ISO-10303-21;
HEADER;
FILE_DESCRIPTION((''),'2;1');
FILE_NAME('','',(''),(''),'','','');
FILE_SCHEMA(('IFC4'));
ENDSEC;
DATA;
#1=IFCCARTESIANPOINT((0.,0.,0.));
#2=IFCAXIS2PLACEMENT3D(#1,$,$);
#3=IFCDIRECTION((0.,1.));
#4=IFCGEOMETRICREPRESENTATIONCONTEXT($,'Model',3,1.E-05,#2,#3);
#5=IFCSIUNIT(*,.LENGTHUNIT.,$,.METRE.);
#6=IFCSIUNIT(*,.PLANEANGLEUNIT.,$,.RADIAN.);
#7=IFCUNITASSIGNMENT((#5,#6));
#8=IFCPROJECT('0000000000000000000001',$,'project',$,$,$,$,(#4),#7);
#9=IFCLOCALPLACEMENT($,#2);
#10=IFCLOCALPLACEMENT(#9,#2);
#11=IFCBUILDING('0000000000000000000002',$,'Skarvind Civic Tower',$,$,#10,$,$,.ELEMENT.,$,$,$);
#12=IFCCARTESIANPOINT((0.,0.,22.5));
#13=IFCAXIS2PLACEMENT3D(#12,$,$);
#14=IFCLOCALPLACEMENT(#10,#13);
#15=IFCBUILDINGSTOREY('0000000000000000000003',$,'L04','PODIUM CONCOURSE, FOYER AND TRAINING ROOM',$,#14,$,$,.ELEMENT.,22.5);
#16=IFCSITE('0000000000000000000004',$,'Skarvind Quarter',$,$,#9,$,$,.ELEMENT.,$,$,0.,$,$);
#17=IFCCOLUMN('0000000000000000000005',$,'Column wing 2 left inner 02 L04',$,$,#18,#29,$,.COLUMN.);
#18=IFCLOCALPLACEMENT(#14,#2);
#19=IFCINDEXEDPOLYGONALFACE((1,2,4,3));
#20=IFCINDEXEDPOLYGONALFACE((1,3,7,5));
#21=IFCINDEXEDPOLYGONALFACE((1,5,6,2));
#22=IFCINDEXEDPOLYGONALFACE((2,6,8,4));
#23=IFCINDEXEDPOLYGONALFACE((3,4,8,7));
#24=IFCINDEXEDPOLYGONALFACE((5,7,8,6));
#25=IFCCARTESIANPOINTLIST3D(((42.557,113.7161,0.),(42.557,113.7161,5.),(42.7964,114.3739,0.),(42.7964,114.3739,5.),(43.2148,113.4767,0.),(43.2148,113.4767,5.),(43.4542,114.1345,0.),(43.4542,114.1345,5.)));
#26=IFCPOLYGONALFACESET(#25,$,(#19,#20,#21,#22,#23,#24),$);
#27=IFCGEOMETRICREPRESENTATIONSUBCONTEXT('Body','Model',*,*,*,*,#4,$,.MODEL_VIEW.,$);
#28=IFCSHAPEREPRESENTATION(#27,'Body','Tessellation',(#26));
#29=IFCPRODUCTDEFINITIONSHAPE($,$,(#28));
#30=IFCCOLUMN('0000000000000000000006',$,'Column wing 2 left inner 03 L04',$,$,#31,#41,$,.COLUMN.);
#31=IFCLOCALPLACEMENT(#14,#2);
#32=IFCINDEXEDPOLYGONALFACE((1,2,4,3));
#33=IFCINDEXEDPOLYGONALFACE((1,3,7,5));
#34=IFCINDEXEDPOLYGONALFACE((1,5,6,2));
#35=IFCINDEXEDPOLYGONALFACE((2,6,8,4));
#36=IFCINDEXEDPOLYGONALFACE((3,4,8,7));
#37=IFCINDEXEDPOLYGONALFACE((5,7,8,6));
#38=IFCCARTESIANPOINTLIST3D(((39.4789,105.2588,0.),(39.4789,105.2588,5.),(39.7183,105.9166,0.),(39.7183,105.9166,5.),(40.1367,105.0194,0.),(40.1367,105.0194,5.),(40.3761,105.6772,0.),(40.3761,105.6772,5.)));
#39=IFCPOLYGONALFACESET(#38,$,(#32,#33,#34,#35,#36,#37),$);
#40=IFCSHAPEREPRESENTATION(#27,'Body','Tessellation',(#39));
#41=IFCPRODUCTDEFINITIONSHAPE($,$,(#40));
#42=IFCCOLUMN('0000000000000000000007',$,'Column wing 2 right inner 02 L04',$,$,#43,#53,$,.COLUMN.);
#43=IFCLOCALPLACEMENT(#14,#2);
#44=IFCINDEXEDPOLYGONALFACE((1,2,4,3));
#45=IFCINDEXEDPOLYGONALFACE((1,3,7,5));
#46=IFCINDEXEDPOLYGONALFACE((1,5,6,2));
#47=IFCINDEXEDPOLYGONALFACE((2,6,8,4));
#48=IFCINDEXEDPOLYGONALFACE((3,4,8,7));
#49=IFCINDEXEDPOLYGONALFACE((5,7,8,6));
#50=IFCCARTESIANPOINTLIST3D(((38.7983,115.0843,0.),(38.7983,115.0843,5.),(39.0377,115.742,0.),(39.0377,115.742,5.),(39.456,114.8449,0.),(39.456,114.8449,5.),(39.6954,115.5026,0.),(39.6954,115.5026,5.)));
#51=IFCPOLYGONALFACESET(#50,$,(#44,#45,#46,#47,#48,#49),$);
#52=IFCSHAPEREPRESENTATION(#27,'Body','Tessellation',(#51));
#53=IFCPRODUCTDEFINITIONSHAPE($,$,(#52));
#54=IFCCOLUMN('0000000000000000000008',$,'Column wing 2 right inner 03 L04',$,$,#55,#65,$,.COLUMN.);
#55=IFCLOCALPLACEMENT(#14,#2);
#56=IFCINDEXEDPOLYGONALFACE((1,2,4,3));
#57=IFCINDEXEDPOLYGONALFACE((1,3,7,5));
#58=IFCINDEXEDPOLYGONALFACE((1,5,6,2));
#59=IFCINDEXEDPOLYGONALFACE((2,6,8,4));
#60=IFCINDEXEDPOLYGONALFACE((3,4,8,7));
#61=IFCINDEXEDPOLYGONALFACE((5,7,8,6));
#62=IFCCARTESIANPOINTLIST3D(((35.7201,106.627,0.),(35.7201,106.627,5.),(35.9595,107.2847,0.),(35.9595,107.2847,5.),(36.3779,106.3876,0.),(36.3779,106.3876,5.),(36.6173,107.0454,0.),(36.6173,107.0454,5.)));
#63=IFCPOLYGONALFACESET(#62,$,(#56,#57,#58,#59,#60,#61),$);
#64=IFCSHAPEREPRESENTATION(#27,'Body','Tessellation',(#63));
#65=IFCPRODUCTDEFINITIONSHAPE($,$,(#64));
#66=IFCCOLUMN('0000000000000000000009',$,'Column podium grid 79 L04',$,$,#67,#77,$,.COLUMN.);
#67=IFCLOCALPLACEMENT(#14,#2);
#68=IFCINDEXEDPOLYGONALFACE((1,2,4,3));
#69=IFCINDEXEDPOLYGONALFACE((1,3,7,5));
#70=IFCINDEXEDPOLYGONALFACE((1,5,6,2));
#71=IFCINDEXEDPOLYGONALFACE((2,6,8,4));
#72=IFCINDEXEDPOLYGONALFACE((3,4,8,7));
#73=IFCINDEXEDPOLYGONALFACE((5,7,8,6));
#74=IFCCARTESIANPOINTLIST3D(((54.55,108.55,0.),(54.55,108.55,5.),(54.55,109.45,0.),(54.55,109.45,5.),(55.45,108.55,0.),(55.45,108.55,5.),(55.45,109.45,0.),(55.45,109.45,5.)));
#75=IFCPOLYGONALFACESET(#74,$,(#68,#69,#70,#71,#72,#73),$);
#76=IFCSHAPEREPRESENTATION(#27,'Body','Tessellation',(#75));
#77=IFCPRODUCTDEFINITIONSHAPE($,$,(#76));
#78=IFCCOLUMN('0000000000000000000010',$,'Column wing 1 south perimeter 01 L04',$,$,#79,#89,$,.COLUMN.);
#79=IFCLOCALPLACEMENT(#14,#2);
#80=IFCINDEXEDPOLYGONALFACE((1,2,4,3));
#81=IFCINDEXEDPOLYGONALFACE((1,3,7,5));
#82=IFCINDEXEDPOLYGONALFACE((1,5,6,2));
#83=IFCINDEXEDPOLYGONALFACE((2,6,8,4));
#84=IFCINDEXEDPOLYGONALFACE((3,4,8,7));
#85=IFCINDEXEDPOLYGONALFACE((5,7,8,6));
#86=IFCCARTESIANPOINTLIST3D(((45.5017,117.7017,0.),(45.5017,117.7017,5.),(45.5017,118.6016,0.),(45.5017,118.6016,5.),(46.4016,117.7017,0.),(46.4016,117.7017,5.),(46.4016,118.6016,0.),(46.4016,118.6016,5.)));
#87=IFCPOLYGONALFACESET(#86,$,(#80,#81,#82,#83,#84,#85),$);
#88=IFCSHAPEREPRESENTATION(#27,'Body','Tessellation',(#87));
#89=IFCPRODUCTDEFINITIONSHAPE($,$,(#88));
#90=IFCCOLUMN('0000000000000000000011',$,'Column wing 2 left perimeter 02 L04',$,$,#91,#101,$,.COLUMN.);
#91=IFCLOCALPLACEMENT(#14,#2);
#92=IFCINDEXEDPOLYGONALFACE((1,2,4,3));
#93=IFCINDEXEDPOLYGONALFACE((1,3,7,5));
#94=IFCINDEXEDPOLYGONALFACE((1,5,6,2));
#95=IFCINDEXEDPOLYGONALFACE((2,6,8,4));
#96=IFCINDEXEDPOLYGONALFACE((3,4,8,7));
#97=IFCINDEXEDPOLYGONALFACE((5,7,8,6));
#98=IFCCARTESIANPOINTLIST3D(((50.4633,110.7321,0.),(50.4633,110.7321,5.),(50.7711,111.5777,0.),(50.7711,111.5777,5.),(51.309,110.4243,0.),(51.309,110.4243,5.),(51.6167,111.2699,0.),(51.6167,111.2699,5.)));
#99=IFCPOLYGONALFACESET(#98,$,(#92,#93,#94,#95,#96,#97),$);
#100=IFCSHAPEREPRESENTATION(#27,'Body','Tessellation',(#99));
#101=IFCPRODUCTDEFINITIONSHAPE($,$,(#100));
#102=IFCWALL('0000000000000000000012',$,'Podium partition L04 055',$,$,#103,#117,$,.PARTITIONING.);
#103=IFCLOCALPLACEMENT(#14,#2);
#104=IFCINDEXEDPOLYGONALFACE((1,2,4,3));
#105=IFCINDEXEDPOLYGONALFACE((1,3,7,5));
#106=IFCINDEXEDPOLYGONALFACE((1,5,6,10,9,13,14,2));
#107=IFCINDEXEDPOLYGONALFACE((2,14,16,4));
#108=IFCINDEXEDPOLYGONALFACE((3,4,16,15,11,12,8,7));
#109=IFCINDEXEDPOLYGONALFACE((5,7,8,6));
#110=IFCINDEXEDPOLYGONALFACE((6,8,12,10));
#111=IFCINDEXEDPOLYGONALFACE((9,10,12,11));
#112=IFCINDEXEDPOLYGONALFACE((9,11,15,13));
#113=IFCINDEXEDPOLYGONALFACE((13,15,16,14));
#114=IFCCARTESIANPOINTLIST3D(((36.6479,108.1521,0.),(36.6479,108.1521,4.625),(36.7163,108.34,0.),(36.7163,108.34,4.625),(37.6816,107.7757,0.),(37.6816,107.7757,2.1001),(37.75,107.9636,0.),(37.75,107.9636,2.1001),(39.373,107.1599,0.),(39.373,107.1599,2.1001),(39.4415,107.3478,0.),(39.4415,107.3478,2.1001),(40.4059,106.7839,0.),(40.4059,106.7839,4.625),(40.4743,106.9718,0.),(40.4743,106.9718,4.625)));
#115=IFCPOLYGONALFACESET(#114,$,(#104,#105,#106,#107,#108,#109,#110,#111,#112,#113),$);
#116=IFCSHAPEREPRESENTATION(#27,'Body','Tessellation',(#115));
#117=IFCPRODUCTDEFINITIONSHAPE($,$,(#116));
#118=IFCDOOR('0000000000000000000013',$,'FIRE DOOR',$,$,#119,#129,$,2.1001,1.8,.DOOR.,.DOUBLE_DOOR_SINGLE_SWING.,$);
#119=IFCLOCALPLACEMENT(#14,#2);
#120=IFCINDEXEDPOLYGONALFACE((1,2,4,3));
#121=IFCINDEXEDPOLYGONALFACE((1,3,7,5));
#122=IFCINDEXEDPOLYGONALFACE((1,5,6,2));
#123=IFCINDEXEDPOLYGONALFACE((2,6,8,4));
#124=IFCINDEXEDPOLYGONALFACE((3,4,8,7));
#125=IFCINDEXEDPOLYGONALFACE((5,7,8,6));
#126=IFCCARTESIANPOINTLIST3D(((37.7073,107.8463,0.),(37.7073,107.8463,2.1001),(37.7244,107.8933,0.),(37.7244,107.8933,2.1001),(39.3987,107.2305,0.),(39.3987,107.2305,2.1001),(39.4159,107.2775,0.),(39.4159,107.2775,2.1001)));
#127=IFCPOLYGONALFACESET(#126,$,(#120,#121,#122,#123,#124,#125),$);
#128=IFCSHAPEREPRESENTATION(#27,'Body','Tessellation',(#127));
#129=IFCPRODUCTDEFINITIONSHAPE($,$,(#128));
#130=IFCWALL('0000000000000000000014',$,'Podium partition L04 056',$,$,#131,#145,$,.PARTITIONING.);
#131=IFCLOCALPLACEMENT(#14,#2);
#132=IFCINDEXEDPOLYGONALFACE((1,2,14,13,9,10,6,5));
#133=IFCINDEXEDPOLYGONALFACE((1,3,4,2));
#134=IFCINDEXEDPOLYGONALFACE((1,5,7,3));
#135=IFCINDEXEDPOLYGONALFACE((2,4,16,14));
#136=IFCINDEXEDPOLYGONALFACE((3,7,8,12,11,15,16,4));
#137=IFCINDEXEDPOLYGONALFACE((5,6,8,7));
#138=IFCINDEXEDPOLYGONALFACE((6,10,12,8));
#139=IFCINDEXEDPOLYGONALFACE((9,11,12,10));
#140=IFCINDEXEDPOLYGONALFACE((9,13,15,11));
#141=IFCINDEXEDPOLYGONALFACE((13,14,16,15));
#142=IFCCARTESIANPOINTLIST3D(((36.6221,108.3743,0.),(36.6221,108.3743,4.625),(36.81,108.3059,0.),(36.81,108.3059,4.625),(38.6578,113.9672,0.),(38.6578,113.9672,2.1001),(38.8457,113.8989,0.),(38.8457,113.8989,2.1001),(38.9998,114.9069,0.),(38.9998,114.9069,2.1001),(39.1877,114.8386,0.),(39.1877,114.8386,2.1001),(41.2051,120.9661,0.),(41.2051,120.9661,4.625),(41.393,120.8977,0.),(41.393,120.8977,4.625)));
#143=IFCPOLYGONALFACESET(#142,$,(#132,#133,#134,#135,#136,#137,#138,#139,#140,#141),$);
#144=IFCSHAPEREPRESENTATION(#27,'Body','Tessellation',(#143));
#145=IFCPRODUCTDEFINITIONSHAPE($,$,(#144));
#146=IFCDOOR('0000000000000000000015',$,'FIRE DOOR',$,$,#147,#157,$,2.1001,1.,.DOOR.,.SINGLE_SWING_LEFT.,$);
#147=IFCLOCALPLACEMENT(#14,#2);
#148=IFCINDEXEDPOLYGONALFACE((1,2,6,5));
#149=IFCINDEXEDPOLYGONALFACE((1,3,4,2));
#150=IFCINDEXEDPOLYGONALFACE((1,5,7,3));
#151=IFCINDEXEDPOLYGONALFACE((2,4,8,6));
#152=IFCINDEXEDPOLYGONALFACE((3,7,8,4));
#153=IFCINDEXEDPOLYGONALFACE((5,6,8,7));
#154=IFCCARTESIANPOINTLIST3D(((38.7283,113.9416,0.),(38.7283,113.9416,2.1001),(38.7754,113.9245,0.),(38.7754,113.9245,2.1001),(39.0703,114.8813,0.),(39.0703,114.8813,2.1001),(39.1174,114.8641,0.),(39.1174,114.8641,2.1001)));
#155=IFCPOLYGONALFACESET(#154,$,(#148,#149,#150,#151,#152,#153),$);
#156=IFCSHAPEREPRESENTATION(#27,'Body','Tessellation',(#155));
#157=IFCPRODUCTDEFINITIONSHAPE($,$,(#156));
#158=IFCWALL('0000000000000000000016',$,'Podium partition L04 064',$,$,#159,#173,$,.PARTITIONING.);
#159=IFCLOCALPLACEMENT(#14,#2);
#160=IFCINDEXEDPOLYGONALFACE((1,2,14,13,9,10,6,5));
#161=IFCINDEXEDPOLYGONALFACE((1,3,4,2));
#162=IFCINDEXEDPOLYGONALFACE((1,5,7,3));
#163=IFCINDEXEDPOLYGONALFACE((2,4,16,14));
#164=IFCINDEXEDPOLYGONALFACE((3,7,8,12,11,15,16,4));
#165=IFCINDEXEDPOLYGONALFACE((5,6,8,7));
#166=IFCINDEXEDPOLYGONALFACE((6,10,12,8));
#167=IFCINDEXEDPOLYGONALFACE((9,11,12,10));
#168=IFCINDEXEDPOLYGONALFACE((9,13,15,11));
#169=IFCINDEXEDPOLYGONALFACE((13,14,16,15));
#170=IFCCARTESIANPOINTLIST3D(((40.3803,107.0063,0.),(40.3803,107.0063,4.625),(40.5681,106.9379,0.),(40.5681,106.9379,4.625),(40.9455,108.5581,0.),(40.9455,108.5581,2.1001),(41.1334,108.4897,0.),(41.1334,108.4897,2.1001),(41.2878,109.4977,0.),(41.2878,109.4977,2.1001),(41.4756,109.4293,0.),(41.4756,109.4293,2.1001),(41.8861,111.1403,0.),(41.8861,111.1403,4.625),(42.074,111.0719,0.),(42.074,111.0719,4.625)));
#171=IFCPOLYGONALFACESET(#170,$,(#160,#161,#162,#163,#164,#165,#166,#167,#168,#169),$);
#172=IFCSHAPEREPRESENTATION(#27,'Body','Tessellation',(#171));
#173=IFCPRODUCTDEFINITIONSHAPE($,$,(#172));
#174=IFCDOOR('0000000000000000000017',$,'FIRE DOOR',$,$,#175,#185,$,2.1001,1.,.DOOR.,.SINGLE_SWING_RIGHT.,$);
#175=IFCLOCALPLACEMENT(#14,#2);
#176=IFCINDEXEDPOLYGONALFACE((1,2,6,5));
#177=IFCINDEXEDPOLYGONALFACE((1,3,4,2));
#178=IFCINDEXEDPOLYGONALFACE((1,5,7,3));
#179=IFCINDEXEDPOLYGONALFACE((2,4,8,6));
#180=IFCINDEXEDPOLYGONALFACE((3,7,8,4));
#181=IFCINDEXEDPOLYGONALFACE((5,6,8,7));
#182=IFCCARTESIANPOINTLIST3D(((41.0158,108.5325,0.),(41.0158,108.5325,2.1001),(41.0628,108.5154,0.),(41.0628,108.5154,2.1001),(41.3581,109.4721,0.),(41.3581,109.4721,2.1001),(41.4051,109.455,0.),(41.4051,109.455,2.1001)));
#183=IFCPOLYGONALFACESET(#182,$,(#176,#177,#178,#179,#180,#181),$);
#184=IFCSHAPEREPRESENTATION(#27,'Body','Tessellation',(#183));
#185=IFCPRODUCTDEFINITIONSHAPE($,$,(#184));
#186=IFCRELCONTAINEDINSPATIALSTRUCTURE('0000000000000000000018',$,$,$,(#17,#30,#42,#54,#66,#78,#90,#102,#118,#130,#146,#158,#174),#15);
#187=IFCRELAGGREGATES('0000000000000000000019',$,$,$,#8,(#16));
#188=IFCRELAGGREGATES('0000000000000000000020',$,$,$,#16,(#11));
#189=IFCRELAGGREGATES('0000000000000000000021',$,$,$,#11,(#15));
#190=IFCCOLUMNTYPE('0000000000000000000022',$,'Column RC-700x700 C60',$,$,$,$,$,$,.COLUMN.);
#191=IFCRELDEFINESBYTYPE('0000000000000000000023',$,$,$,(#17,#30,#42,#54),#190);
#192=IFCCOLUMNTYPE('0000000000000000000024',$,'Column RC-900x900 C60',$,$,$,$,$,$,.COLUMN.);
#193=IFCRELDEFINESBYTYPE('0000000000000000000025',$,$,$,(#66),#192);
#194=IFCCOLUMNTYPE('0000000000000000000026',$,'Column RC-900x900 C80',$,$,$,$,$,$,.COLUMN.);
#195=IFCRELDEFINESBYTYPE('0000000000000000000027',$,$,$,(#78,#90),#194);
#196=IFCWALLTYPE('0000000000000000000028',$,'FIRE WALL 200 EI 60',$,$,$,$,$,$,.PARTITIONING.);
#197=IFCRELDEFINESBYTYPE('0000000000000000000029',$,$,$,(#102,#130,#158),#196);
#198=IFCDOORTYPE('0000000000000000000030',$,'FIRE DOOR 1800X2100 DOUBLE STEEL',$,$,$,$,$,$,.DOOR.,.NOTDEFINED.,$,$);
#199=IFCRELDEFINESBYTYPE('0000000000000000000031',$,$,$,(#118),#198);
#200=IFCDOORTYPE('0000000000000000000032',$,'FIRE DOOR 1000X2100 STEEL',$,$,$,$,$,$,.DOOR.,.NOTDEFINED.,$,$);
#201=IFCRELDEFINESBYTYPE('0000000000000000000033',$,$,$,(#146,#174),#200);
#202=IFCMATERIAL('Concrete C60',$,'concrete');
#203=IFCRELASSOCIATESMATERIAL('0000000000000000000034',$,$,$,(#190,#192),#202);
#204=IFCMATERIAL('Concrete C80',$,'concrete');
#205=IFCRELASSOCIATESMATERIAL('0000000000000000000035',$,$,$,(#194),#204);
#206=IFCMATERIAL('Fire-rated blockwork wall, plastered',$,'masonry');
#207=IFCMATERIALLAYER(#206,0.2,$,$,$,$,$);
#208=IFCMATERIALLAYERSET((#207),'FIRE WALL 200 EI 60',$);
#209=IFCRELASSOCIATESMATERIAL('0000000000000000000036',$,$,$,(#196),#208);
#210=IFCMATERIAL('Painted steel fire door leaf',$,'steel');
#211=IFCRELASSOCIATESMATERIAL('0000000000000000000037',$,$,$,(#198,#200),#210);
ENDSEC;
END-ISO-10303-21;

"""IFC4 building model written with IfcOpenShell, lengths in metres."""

from ifc_helpers import new_model, si_unit, direction, frame, frame_2d, origin, origin_2d, place, context, subcontext, project, spatial, rectangle, extrude, material, layer, layer_set, material_profile, profile_set, type_object, element, fill, save


model = new_model("IFC4")

# Units and contexts
model_context = context("Model", 3, precision=1e-05, world=origin(), true_north=direction((0.0, 1.0)))
body_context = subcontext(model_context, "Body", "Model", "MODEL_VIEW")
ifc_project = project(units=[si_unit("LENGTHUNIT", "METRE"), si_unit("PLANEANGLEUNIT", "RADIAN")], contexts=[model_context])

# Site, building, storey
site_placement = place(None, origin())
site = spatial("IfcSite", under=ifc_project, at=site_placement, Name="Skarvind Quarter", CompositionType="ELEMENT", RefElevation=0.0)
building_placement = place(site_placement, origin())
building = spatial("IfcBuilding", under=site, at=building_placement, Name="Skarvind Civic Tower", CompositionType="ELEMENT")
storey_placement = place(building_placement, frame((0.0, 0.0, 22.5)))
storey = spatial("IfcBuildingStorey", under=building, at=storey_placement, Name="L04", Description="PODIUM CONCOURSE, FOYER AND TRAINING ROOM", CompositionType="ELEMENT", Elevation=22.5)

# Columns
ifc_material_1 = material(Name="Concrete C60", Category="concrete")
ifc_material_profile_1 = material_profile(ifc_material_1, rectangle(XDim=0.7, YDim=0.7, at=origin_2d()), Name="RC-700x700")
ifc_profile_set_1 = profile_set([ifc_material_profile_1], Name="Concrete C60")
column_type_1 = type_object("IfcColumnType", Name="Column RC-700x700 C60", PredefinedType="COLUMN", material=ifc_profile_set_1)
for number, where, z_axis, x_axis, name in (
    (1, (43.0056, 113.9253, 0.0), (0.0, 0.0, 1.0), (-0.34202, -0.939693, 0.0), "Column wing 2 left inner 02 L04"),
    (2, (39.9275, 105.468, 0.0), (0.0, 0.0, 1.0), (-0.34202, -0.939693, 0.0), "Column wing 2 left inner 03 L04"),
    (3, (39.2468, 115.2935, 0.0), (0.0, 0.0, 1.0), (-0.34202, -0.939693, 0.0), "Column wing 2 right inner 02 L04"),
    (4, (36.1687, 106.8362, 0.0), (0.0, 0.0, 1.0), (-0.34202, -0.939693, 0.0), "Column wing 2 right inner 03 L04"),
):
    element("IfcColumn", number, at=place(storey_placement, frame(where, z_axis=z_axis, x_axis=x_axis)), inside=storey, type_object=column_type_1, Name=name, PredefinedType="COLUMN", context=body_context, shape_type="SweptSolid", body=[
        extrude(rectangle(XDim=0.7, YDim=0.7, at=origin_2d()), origin(), (0.0, 0.0, 1.0), 5.0),
    ])
ifc_material_profile_2 = material_profile(ifc_material_1, rectangle(XDim=0.8999, YDim=0.8999, at=origin_2d()), Name="RC-900x900")
ifc_profile_set_2 = profile_set([ifc_material_profile_2], Name="Concrete C60")
column_type_2 = type_object("IfcColumnType", Name="Column RC-900x900 C60", PredefinedType="COLUMN", material=ifc_profile_set_2)
column_placement = place(storey_placement, frame((55.0, 109.0, 0.0), z_axis=(0.0, 0.0, 1.0), x_axis=(1.0, 0.0, 0.0)))
element("IfcColumn", 5, at=column_placement, inside=storey, type_object=column_type_2, Name="Column podium grid 79 L04", PredefinedType="COLUMN", context=body_context, shape_type="SweptSolid", body=[
    extrude(rectangle(XDim=0.8999, YDim=0.8999, at=origin_2d()), origin(), (0.0, 0.0, 1.0), 5.0),
])
ifc_material_2 = material(Name="Concrete C80", Category="concrete")
ifc_material_profile_3 = material_profile(ifc_material_2, rectangle(XDim=0.8999, YDim=0.8999, at=origin_2d()), Name="RC-900x900")
ifc_profile_set_3 = profile_set([ifc_material_profile_3], Name="Concrete C80")
column_type_3 = type_object("IfcColumnType", Name="Column RC-900x900 C80", PredefinedType="COLUMN", material=ifc_profile_set_3)
for number, where, z_axis, x_axis, name in (
    (6, (45.9517, 118.1516, 0.0), (0.0, 0.0, 1.0), (1.0, 0.0, 0.0), "Column wing 1 south perimeter 01 L04"),
    (7, (51.04, 111.001, 0.0), (0.0, 0.0, 1.0), (-0.34202, -0.939693, 0.0), "Column wing 2 left perimeter 02 L04"),
):
    element("IfcColumn", number, at=place(storey_placement, frame(where, z_axis=z_axis, x_axis=x_axis)), inside=storey, type_object=column_type_3, Name=name, PredefinedType="COLUMN", context=body_context, shape_type="SweptSolid", body=[
        extrude(rectangle(XDim=0.8999, YDim=0.8999, at=origin_2d()), origin(), (0.0, 0.0, 1.0), 5.0),
    ])

# Walls, openings, doors
ifc_material_3 = material(Name="Fire-rated blockwork wall, plastered", Category="masonry")
ifc_layer_1 = layer(ifc_material_3, 0.2)
ifc_layer_set_1 = layer_set([ifc_layer_1], Name="FIRE WALL 200 EI 60")
wall_type_1 = type_object("IfcWallType", Name="FIRE WALL 200 EI 60", PredefinedType="PARTITIONING", material=ifc_layer_set_1)
wall_1_placement = place(storey_placement, frame((40.4399, 106.8779, 0.0), z_axis=(0.0, 0.0, 1.0), x_axis=(-0.939665, 0.342096, 0.0)))
wall_1 = element("IfcWall", 8, at=wall_1_placement, inside=storey, type_object=wall_type_1, Name="Podium partition L04 055", PredefinedType="PARTITIONING", context=body_context, shape_type="SweptSolid", body=[
    extrude(rectangle(XDim=3.9993, YDim=0.2, at=frame_2d((1.9995, 0.0))), origin(), (0.0, 0.0, 1.0), 4.625),
])
opening_1_placement = place(wall_1_placement, frame((1.0991, 0.0, 0.0)))
opening_1 = element("IfcOpeningElement", 9, at=opening_1_placement, cuts=wall_1, PredefinedType="OPENING", context=body_context, shape_type="SweptSolid", body=[
    extrude(rectangle(XDim=1.8, YDim=2.1001, at=frame_2d((0.8999, 1.05))), frame((0.0, 0.1099, 0.0), z_axis=(0.0, -1.0, 0.0), x_axis=(1.0, 0.0, 0.0)), (0.0, 0.0, 1.0), 0.22),
])
ifc_material_4 = material(Name="Painted steel fire door leaf", Category="steel")
door_type_1 = type_object("IfcDoorType", Name="FIRE DOOR 1800X2100 DOUBLE STEEL", OperationType="NOTDEFINED", PredefinedType="DOOR", material=ifc_material_4)
door_1_placement = place(opening_1_placement, origin())
door_1 = element("IfcDoor", 10, at=door_1_placement, inside=storey, type_object=door_type_1, Name="FIRE DOOR", OperationType="DOUBLE_DOOR_SINGLE_SWING", OverallHeight=2.1001, OverallWidth=1.8, PredefinedType="DOOR", context=body_context, shape_type="SweptSolid", body=[
    extrude(rectangle(XDim=1.8, YDim=2.1001, at=frame_2d((0.8999, 1.05))), frame((0.0, 0.0249, 0.0), z_axis=(0.0, -1.0, 0.0), x_axis=(1.0, 0.0, 0.0)), (0.0, 0.0, 1.0), 0.05),
])
fill(opening_1, door_1)
wall_2_placement = place(storey_placement, frame((36.7161, 108.3401, 0.0), z_axis=(0.0, 0.0, 1.0), x_axis=(0.342018, 0.939693, 0.0)))
wall_2 = element("IfcWall", 11, at=wall_2_placement, inside=storey, type_object=wall_type_1, Name="Podium partition L04 056", PredefinedType="PARTITIONING", context=body_context, shape_type="SweptSolid", body=[
    extrude(rectangle(XDim=13.3999, YDim=0.2, at=frame_2d((6.7, 0.0))), origin(), (0.0, 0.0, 1.0), 4.625),
])
opening_2_placement = place(wall_2_placement, frame((5.9519, 0.0, 0.0)))
opening_2 = element("IfcOpeningElement", 12, at=opening_2_placement, cuts=wall_2, PredefinedType="OPENING", context=body_context, shape_type="SweptSolid", body=[
    extrude(rectangle(XDim=1.0, YDim=2.1001, at=frame_2d((0.5, 1.05))), frame((0.0, 0.1099, 0.0), z_axis=(0.0, -1.0, 0.0), x_axis=(1.0, 0.0, 0.0)), (0.0, 0.0, 1.0), 0.22),
])
door_type_2 = type_object("IfcDoorType", Name="FIRE DOOR 1000X2100 STEEL", OperationType="NOTDEFINED", PredefinedType="DOOR", material=ifc_material_4)
door_2_placement = place(opening_2_placement, origin())
door_2 = element("IfcDoor", 13, at=door_2_placement, inside=storey, type_object=door_type_2, Name="FIRE DOOR", OperationType="SINGLE_SWING_LEFT", OverallHeight=2.1001, OverallWidth=1.0, PredefinedType="DOOR", context=body_context, shape_type="SweptSolid", body=[
    extrude(rectangle(XDim=1.0, YDim=2.1001, at=frame_2d((0.5, 1.05))), frame((0.0, 0.0249, 0.0), z_axis=(0.0, -1.0, 0.0), x_axis=(1.0, 0.0, 0.0)), (0.0, 0.0, 1.0), 0.05),
])
fill(opening_2, door_2)
wall_3_placement = place(storey_placement, frame((41.98, 111.106, 0.0), z_axis=(0.0, 0.0, 1.0), x_axis=(-0.34226, -0.939605, 0.0)))
wall_3 = element("IfcWall", 14, at=wall_3_placement, inside=storey, type_object=wall_type_1, Name="Podium partition L04 064", PredefinedType="PARTITIONING", context=body_context, shape_type="SweptSolid", body=[
    extrude(rectangle(XDim=4.3997, YDim=0.2, at=frame_2d((2.1997, 0.0))), origin(), (0.0, 0.0, 1.0), 4.625),
])
opening_3_placement = place(wall_3_placement, frame((1.748, 0.0, 0.0)))
opening_3 = element("IfcOpeningElement", 15, at=opening_3_placement, cuts=wall_3, PredefinedType="OPENING", context=body_context, shape_type="SweptSolid", body=[
    extrude(rectangle(XDim=1.0, YDim=2.1001, at=frame_2d((0.5, 1.05))), frame((0.0, 0.1099, 0.0), z_axis=(0.0, -1.0, 0.0), x_axis=(1.0, 0.0, 0.0)), (0.0, 0.0, 1.0), 0.22),
])
door_3_placement = place(opening_3_placement, origin())
door_3 = element("IfcDoor", 16, at=door_3_placement, inside=storey, type_object=door_type_2, Name="FIRE DOOR", OperationType="SINGLE_SWING_RIGHT", OverallHeight=2.1001, OverallWidth=1.0, PredefinedType="DOOR", context=body_context, shape_type="SweptSolid", body=[
    extrude(rectangle(XDim=1.0, YDim=2.1001, at=frame_2d((0.5, 1.05))), frame((0.0, 0.0249, 0.0), z_axis=(0.0, -1.0, 0.0), x_axis=(1.0, 0.0, 0.0)), (0.0, 0.0, 1.0), 0.05),
])
fill(opening_3, door_3)

save(model, "model.ifc")
